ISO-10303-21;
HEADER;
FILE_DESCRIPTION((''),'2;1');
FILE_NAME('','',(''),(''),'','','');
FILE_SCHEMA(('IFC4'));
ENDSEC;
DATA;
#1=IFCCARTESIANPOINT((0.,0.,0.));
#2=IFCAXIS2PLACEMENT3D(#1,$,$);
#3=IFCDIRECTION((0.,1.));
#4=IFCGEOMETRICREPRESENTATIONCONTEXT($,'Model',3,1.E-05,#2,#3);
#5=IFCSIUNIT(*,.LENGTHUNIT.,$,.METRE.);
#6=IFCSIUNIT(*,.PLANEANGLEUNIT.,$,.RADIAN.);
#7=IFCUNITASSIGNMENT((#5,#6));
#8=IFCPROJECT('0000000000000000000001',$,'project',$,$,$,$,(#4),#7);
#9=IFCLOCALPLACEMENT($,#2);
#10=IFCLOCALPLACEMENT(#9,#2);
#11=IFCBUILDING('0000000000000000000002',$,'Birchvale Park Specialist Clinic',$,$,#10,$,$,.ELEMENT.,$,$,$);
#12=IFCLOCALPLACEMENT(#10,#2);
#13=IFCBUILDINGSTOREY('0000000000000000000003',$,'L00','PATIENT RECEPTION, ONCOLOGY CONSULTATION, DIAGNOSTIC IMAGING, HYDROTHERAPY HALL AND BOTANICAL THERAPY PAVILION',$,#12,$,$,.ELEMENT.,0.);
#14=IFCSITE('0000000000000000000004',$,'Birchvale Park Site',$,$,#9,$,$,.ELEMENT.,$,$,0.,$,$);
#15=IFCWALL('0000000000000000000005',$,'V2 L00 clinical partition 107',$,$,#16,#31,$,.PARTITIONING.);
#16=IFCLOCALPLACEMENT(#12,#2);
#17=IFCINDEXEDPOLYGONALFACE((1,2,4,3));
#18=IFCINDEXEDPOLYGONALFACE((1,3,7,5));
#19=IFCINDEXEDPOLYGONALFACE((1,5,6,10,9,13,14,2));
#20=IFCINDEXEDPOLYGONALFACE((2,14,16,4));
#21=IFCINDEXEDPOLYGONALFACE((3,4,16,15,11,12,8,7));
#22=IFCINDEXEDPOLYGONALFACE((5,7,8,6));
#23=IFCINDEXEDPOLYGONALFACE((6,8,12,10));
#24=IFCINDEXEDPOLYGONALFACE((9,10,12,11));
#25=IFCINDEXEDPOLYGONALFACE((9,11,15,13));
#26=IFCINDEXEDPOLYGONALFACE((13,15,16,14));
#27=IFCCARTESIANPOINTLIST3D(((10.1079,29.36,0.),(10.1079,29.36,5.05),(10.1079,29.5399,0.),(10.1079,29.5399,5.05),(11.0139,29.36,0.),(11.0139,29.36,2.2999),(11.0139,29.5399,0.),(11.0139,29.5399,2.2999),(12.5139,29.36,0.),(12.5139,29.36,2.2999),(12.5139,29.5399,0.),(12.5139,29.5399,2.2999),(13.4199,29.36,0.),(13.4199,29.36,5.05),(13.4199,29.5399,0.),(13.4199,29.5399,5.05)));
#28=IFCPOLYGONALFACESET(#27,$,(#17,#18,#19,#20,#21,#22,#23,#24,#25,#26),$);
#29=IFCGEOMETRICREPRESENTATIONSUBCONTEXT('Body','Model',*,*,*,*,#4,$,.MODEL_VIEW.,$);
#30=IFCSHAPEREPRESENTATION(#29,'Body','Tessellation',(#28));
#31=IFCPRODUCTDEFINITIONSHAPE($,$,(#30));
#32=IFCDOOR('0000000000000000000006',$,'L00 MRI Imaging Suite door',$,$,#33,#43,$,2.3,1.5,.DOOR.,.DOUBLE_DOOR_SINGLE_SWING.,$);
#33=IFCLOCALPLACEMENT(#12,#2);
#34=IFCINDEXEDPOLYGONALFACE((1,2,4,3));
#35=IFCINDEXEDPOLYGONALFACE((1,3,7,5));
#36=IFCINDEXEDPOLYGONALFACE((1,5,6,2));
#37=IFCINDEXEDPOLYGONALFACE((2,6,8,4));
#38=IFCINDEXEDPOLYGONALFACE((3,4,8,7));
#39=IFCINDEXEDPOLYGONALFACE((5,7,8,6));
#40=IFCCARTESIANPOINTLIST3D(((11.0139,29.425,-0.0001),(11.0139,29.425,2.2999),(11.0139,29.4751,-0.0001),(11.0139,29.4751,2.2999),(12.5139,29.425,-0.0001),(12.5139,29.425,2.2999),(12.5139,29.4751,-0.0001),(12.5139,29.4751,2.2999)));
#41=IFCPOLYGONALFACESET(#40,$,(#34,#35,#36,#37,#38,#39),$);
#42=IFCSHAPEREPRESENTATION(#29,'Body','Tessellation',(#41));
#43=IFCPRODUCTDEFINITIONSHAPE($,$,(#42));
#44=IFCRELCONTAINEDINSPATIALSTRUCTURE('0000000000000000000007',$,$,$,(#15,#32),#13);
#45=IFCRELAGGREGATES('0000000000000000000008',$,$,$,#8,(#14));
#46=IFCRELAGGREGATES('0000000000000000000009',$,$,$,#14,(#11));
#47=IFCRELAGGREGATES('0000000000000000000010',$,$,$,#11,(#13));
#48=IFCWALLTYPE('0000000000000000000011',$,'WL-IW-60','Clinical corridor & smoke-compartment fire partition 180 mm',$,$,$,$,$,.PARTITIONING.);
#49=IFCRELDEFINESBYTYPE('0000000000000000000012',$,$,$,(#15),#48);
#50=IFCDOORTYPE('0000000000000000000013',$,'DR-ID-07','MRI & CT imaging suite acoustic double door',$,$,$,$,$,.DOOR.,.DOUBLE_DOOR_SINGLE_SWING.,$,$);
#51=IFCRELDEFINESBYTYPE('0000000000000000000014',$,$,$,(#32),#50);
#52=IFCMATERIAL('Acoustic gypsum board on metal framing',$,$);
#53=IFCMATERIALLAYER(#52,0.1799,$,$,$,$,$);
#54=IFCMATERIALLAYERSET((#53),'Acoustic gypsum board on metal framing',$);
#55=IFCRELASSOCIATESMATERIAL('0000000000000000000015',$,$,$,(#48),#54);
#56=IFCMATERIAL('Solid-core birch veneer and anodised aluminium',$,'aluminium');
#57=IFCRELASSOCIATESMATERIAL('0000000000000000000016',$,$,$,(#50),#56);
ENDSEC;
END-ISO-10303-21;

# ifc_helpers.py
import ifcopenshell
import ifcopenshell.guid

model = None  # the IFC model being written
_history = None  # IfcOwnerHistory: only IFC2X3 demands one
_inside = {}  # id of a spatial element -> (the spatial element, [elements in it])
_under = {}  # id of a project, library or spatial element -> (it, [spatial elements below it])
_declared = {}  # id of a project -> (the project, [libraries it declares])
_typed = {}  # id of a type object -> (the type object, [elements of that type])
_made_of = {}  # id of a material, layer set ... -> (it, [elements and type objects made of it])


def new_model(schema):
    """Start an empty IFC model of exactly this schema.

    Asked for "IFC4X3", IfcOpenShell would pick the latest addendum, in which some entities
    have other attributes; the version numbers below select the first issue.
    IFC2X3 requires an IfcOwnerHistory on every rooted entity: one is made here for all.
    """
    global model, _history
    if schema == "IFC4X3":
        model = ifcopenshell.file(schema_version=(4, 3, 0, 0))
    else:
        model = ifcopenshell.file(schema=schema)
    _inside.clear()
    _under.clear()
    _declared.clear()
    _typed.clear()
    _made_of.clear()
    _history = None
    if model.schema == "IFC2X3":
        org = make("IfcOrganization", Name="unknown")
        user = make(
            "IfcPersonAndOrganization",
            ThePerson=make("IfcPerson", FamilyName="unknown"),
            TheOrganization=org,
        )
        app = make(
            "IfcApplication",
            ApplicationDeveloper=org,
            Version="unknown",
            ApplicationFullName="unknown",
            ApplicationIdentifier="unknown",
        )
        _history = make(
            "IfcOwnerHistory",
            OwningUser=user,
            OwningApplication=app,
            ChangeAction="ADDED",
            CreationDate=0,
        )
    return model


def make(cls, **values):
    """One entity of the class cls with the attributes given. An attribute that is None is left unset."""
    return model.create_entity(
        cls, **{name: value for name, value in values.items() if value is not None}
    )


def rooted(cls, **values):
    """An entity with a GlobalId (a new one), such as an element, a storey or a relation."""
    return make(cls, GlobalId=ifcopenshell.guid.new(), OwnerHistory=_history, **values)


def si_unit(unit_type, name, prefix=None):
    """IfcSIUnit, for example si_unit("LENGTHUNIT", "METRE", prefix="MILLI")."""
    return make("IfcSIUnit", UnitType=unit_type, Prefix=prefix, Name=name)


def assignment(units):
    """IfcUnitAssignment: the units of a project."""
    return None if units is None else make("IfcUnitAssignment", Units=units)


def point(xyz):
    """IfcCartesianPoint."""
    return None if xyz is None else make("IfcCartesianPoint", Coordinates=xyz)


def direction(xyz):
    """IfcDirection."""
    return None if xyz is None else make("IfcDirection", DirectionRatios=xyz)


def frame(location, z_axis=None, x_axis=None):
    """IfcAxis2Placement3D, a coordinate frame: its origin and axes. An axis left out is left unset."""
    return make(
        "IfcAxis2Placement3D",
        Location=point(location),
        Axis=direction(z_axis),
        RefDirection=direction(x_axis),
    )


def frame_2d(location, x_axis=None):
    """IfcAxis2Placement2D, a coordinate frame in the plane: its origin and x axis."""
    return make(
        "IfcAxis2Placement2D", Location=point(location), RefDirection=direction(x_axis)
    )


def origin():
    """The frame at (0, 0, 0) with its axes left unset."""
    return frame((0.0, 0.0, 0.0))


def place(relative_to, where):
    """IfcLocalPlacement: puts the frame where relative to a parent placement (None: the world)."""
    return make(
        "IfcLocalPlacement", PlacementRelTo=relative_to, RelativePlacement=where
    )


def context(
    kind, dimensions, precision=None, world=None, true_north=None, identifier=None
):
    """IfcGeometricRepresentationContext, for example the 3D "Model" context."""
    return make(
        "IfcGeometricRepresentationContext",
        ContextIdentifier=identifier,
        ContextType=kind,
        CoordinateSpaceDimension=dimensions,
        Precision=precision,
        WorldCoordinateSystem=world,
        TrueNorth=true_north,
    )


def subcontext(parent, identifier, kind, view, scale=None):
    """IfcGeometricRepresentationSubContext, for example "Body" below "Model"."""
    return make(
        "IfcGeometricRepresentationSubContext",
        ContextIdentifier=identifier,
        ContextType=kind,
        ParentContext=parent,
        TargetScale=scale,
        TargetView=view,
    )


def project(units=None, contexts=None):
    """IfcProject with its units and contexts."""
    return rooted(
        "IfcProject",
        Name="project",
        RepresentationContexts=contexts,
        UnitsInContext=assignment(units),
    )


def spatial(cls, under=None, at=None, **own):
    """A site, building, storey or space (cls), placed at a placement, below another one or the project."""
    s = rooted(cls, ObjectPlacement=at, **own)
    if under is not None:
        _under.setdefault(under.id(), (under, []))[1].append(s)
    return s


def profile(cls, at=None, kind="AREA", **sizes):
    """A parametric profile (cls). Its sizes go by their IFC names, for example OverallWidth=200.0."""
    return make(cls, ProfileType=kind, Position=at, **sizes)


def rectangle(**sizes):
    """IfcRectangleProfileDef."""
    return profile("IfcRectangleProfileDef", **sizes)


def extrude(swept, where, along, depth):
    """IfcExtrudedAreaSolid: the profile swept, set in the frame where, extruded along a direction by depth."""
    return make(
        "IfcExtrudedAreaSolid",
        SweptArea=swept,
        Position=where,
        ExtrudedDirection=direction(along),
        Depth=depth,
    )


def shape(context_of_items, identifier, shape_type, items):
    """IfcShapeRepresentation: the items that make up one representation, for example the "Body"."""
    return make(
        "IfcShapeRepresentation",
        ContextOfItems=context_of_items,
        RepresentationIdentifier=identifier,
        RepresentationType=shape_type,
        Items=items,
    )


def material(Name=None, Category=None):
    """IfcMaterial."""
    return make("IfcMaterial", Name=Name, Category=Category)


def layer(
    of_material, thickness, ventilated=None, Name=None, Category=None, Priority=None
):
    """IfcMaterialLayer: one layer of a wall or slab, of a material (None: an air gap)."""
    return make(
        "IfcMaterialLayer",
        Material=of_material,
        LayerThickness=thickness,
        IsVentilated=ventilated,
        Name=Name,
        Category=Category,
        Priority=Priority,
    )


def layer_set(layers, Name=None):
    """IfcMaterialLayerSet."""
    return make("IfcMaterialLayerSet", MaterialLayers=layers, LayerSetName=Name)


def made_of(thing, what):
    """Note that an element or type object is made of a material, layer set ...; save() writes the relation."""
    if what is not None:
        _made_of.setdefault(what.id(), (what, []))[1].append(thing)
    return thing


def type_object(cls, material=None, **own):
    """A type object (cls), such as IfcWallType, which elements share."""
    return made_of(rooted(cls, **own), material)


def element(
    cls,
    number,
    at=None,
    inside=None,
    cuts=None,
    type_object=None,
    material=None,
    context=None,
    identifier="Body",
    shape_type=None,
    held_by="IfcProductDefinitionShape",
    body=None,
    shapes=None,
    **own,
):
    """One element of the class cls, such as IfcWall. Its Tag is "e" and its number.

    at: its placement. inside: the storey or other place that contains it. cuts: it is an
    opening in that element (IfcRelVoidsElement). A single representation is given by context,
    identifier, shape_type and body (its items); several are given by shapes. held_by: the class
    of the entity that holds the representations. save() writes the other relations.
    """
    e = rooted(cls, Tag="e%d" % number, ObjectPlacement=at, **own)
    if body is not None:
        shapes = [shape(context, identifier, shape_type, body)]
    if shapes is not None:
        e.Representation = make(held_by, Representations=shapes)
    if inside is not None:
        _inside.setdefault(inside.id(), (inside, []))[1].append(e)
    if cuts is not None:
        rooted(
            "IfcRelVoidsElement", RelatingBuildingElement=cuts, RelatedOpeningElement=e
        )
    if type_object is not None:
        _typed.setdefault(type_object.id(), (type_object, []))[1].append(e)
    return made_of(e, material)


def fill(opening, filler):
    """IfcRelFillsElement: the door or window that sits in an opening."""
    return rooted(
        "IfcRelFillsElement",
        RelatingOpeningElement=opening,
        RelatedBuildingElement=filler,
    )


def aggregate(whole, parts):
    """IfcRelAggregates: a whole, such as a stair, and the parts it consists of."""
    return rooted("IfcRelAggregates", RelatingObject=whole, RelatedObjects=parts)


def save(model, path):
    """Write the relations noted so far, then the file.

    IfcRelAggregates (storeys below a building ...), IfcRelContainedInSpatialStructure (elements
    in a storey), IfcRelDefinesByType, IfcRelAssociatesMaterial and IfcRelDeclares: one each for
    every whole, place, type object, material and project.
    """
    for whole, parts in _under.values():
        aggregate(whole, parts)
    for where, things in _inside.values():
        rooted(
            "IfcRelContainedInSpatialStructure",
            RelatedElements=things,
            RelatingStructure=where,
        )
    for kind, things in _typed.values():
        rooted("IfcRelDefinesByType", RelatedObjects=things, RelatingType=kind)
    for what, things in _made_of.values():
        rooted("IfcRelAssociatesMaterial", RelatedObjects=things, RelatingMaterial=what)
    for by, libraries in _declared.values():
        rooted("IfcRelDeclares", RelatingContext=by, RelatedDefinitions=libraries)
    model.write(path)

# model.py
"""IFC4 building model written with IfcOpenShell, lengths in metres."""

from ifc_helpers import new_model, si_unit, direction, frame, frame_2d, origin, place, context, subcontext, project, spatial, rectangle, extrude, material, layer, layer_set, type_object, element, fill, save


model = new_model("IFC4")

# Units and contexts
model_context = context("Model", 3, precision=1e-05, world=origin(), true_north=direction((0.0, 1.0)))
body_context = subcontext(model_context, "Body", "Model", "MODEL_VIEW")
ifc_project = project(units=[si_unit("LENGTHUNIT", "METRE"), si_unit("PLANEANGLEUNIT", "RADIAN")], contexts=[model_context])

# Site, building, storey
site_placement = place(None, origin())
site = spatial("IfcSite", under=ifc_project, at=site_placement, Name="Birchvale Park Site", CompositionType="ELEMENT", RefElevation=0.0)
building_placement = place(site_placement, origin())
building = spatial("IfcBuilding", under=site, at=building_placement, Name="Birchvale Park Specialist Clinic", CompositionType="ELEMENT")
storey_placement = place(building_placement, origin())
storey = spatial("IfcBuildingStorey", under=building, at=storey_placement, Name="L00", Description="PATIENT RECEPTION, ONCOLOGY CONSULTATION, DIAGNOSTIC IMAGING, HYDROTHERAPY HALL AND BOTANICAL THERAPY PAVILION", CompositionType="ELEMENT", Elevation=0.0)

# Shared definitions
ifc_material_1 = material(Name="Acoustic gypsum board on metal framing")

# Wall, opening, door
ifc_layer_1 = layer(ifc_material_1, 0.1799)
ifc_layer_set_1 = layer_set([ifc_layer_1], Name="Acoustic gypsum board on metal framing")
wall_type_1 = type_object("IfcWallType", Name="WL-IW-60", Description="Clinical corridor & smoke-compartment fire partition 180 mm", PredefinedType="PARTITIONING", material=ifc_layer_set_1)
ifc_material_2 = material(Name="Solid-core birch veneer and anodised aluminium", Category="aluminium")
door_type_1 = type_object("IfcDoorType", Name="DR-ID-07", Description="MRI & CT imaging suite acoustic double door", OperationType="DOUBLE_DOOR_SINGLE_SWING", PredefinedType="DOOR", material=ifc_material_2)
wall_1_placement = place(storey_placement, frame((13.4199, 29.45, 0.0), z_axis=(0.0, 0.0, 1.0), x_axis=(-1.0, 0.0, 0.0)))
wall_1 = element("IfcWall", 1, at=wall_1_placement, inside=storey, type_object=wall_type_1, Name="V2 L00 clinical partition 107", PredefinedType="PARTITIONING", context=body_context, shape_type="SweptSolid", body=[
    extrude(rectangle(XDim=3.312, YDim=0.1799, at=frame_2d((1.656, 0.0))), origin(), (0.0, 0.0, 1.0), 5.05),
])
opening_1_placement = place(wall_1_placement, frame((0.906, 0.0, 0.0)))
opening_1 = element("IfcOpeningElement", 2, at=opening_1_placement, cuts=wall_1, PredefinedType="OPENING", context=body_context, shape_type="SweptSolid", body=[
    extrude(rectangle(XDim=1.5, YDim=2.3, at=frame_2d((0.75, 1.1499))), frame((0.0, 0.1001, 0.0), z_axis=(0.0, -1.0, 0.0), x_axis=(1.0, 0.0, 0.0)), (0.0, 0.0, 1.0), 0.2),
])
door_1_placement = place(opening_1_placement, origin())
door_1 = element("IfcDoor", 3, at=door_1_placement, inside=storey, type_object=door_type_1, Name="L00 MRI Imaging Suite door", OperationType="DOUBLE_DOOR_SINGLE_SWING", OverallHeight=2.3, OverallWidth=1.5, PredefinedType="DOOR", context=body_context, shape_type="SweptSolid", body=[
    extrude(rectangle(XDim=1.5, YDim=2.3, at=frame_2d((0.75, 1.1499))), frame((0.0, 0.0249, 0.0), z_axis=(0.0, -1.0, 0.0), x_axis=(1.0, 0.0, 0.0)), (0.0, 0.0, 1.0), 0.05),
])
fill(opening_1, door_1)

save(model, "model.ifc")
